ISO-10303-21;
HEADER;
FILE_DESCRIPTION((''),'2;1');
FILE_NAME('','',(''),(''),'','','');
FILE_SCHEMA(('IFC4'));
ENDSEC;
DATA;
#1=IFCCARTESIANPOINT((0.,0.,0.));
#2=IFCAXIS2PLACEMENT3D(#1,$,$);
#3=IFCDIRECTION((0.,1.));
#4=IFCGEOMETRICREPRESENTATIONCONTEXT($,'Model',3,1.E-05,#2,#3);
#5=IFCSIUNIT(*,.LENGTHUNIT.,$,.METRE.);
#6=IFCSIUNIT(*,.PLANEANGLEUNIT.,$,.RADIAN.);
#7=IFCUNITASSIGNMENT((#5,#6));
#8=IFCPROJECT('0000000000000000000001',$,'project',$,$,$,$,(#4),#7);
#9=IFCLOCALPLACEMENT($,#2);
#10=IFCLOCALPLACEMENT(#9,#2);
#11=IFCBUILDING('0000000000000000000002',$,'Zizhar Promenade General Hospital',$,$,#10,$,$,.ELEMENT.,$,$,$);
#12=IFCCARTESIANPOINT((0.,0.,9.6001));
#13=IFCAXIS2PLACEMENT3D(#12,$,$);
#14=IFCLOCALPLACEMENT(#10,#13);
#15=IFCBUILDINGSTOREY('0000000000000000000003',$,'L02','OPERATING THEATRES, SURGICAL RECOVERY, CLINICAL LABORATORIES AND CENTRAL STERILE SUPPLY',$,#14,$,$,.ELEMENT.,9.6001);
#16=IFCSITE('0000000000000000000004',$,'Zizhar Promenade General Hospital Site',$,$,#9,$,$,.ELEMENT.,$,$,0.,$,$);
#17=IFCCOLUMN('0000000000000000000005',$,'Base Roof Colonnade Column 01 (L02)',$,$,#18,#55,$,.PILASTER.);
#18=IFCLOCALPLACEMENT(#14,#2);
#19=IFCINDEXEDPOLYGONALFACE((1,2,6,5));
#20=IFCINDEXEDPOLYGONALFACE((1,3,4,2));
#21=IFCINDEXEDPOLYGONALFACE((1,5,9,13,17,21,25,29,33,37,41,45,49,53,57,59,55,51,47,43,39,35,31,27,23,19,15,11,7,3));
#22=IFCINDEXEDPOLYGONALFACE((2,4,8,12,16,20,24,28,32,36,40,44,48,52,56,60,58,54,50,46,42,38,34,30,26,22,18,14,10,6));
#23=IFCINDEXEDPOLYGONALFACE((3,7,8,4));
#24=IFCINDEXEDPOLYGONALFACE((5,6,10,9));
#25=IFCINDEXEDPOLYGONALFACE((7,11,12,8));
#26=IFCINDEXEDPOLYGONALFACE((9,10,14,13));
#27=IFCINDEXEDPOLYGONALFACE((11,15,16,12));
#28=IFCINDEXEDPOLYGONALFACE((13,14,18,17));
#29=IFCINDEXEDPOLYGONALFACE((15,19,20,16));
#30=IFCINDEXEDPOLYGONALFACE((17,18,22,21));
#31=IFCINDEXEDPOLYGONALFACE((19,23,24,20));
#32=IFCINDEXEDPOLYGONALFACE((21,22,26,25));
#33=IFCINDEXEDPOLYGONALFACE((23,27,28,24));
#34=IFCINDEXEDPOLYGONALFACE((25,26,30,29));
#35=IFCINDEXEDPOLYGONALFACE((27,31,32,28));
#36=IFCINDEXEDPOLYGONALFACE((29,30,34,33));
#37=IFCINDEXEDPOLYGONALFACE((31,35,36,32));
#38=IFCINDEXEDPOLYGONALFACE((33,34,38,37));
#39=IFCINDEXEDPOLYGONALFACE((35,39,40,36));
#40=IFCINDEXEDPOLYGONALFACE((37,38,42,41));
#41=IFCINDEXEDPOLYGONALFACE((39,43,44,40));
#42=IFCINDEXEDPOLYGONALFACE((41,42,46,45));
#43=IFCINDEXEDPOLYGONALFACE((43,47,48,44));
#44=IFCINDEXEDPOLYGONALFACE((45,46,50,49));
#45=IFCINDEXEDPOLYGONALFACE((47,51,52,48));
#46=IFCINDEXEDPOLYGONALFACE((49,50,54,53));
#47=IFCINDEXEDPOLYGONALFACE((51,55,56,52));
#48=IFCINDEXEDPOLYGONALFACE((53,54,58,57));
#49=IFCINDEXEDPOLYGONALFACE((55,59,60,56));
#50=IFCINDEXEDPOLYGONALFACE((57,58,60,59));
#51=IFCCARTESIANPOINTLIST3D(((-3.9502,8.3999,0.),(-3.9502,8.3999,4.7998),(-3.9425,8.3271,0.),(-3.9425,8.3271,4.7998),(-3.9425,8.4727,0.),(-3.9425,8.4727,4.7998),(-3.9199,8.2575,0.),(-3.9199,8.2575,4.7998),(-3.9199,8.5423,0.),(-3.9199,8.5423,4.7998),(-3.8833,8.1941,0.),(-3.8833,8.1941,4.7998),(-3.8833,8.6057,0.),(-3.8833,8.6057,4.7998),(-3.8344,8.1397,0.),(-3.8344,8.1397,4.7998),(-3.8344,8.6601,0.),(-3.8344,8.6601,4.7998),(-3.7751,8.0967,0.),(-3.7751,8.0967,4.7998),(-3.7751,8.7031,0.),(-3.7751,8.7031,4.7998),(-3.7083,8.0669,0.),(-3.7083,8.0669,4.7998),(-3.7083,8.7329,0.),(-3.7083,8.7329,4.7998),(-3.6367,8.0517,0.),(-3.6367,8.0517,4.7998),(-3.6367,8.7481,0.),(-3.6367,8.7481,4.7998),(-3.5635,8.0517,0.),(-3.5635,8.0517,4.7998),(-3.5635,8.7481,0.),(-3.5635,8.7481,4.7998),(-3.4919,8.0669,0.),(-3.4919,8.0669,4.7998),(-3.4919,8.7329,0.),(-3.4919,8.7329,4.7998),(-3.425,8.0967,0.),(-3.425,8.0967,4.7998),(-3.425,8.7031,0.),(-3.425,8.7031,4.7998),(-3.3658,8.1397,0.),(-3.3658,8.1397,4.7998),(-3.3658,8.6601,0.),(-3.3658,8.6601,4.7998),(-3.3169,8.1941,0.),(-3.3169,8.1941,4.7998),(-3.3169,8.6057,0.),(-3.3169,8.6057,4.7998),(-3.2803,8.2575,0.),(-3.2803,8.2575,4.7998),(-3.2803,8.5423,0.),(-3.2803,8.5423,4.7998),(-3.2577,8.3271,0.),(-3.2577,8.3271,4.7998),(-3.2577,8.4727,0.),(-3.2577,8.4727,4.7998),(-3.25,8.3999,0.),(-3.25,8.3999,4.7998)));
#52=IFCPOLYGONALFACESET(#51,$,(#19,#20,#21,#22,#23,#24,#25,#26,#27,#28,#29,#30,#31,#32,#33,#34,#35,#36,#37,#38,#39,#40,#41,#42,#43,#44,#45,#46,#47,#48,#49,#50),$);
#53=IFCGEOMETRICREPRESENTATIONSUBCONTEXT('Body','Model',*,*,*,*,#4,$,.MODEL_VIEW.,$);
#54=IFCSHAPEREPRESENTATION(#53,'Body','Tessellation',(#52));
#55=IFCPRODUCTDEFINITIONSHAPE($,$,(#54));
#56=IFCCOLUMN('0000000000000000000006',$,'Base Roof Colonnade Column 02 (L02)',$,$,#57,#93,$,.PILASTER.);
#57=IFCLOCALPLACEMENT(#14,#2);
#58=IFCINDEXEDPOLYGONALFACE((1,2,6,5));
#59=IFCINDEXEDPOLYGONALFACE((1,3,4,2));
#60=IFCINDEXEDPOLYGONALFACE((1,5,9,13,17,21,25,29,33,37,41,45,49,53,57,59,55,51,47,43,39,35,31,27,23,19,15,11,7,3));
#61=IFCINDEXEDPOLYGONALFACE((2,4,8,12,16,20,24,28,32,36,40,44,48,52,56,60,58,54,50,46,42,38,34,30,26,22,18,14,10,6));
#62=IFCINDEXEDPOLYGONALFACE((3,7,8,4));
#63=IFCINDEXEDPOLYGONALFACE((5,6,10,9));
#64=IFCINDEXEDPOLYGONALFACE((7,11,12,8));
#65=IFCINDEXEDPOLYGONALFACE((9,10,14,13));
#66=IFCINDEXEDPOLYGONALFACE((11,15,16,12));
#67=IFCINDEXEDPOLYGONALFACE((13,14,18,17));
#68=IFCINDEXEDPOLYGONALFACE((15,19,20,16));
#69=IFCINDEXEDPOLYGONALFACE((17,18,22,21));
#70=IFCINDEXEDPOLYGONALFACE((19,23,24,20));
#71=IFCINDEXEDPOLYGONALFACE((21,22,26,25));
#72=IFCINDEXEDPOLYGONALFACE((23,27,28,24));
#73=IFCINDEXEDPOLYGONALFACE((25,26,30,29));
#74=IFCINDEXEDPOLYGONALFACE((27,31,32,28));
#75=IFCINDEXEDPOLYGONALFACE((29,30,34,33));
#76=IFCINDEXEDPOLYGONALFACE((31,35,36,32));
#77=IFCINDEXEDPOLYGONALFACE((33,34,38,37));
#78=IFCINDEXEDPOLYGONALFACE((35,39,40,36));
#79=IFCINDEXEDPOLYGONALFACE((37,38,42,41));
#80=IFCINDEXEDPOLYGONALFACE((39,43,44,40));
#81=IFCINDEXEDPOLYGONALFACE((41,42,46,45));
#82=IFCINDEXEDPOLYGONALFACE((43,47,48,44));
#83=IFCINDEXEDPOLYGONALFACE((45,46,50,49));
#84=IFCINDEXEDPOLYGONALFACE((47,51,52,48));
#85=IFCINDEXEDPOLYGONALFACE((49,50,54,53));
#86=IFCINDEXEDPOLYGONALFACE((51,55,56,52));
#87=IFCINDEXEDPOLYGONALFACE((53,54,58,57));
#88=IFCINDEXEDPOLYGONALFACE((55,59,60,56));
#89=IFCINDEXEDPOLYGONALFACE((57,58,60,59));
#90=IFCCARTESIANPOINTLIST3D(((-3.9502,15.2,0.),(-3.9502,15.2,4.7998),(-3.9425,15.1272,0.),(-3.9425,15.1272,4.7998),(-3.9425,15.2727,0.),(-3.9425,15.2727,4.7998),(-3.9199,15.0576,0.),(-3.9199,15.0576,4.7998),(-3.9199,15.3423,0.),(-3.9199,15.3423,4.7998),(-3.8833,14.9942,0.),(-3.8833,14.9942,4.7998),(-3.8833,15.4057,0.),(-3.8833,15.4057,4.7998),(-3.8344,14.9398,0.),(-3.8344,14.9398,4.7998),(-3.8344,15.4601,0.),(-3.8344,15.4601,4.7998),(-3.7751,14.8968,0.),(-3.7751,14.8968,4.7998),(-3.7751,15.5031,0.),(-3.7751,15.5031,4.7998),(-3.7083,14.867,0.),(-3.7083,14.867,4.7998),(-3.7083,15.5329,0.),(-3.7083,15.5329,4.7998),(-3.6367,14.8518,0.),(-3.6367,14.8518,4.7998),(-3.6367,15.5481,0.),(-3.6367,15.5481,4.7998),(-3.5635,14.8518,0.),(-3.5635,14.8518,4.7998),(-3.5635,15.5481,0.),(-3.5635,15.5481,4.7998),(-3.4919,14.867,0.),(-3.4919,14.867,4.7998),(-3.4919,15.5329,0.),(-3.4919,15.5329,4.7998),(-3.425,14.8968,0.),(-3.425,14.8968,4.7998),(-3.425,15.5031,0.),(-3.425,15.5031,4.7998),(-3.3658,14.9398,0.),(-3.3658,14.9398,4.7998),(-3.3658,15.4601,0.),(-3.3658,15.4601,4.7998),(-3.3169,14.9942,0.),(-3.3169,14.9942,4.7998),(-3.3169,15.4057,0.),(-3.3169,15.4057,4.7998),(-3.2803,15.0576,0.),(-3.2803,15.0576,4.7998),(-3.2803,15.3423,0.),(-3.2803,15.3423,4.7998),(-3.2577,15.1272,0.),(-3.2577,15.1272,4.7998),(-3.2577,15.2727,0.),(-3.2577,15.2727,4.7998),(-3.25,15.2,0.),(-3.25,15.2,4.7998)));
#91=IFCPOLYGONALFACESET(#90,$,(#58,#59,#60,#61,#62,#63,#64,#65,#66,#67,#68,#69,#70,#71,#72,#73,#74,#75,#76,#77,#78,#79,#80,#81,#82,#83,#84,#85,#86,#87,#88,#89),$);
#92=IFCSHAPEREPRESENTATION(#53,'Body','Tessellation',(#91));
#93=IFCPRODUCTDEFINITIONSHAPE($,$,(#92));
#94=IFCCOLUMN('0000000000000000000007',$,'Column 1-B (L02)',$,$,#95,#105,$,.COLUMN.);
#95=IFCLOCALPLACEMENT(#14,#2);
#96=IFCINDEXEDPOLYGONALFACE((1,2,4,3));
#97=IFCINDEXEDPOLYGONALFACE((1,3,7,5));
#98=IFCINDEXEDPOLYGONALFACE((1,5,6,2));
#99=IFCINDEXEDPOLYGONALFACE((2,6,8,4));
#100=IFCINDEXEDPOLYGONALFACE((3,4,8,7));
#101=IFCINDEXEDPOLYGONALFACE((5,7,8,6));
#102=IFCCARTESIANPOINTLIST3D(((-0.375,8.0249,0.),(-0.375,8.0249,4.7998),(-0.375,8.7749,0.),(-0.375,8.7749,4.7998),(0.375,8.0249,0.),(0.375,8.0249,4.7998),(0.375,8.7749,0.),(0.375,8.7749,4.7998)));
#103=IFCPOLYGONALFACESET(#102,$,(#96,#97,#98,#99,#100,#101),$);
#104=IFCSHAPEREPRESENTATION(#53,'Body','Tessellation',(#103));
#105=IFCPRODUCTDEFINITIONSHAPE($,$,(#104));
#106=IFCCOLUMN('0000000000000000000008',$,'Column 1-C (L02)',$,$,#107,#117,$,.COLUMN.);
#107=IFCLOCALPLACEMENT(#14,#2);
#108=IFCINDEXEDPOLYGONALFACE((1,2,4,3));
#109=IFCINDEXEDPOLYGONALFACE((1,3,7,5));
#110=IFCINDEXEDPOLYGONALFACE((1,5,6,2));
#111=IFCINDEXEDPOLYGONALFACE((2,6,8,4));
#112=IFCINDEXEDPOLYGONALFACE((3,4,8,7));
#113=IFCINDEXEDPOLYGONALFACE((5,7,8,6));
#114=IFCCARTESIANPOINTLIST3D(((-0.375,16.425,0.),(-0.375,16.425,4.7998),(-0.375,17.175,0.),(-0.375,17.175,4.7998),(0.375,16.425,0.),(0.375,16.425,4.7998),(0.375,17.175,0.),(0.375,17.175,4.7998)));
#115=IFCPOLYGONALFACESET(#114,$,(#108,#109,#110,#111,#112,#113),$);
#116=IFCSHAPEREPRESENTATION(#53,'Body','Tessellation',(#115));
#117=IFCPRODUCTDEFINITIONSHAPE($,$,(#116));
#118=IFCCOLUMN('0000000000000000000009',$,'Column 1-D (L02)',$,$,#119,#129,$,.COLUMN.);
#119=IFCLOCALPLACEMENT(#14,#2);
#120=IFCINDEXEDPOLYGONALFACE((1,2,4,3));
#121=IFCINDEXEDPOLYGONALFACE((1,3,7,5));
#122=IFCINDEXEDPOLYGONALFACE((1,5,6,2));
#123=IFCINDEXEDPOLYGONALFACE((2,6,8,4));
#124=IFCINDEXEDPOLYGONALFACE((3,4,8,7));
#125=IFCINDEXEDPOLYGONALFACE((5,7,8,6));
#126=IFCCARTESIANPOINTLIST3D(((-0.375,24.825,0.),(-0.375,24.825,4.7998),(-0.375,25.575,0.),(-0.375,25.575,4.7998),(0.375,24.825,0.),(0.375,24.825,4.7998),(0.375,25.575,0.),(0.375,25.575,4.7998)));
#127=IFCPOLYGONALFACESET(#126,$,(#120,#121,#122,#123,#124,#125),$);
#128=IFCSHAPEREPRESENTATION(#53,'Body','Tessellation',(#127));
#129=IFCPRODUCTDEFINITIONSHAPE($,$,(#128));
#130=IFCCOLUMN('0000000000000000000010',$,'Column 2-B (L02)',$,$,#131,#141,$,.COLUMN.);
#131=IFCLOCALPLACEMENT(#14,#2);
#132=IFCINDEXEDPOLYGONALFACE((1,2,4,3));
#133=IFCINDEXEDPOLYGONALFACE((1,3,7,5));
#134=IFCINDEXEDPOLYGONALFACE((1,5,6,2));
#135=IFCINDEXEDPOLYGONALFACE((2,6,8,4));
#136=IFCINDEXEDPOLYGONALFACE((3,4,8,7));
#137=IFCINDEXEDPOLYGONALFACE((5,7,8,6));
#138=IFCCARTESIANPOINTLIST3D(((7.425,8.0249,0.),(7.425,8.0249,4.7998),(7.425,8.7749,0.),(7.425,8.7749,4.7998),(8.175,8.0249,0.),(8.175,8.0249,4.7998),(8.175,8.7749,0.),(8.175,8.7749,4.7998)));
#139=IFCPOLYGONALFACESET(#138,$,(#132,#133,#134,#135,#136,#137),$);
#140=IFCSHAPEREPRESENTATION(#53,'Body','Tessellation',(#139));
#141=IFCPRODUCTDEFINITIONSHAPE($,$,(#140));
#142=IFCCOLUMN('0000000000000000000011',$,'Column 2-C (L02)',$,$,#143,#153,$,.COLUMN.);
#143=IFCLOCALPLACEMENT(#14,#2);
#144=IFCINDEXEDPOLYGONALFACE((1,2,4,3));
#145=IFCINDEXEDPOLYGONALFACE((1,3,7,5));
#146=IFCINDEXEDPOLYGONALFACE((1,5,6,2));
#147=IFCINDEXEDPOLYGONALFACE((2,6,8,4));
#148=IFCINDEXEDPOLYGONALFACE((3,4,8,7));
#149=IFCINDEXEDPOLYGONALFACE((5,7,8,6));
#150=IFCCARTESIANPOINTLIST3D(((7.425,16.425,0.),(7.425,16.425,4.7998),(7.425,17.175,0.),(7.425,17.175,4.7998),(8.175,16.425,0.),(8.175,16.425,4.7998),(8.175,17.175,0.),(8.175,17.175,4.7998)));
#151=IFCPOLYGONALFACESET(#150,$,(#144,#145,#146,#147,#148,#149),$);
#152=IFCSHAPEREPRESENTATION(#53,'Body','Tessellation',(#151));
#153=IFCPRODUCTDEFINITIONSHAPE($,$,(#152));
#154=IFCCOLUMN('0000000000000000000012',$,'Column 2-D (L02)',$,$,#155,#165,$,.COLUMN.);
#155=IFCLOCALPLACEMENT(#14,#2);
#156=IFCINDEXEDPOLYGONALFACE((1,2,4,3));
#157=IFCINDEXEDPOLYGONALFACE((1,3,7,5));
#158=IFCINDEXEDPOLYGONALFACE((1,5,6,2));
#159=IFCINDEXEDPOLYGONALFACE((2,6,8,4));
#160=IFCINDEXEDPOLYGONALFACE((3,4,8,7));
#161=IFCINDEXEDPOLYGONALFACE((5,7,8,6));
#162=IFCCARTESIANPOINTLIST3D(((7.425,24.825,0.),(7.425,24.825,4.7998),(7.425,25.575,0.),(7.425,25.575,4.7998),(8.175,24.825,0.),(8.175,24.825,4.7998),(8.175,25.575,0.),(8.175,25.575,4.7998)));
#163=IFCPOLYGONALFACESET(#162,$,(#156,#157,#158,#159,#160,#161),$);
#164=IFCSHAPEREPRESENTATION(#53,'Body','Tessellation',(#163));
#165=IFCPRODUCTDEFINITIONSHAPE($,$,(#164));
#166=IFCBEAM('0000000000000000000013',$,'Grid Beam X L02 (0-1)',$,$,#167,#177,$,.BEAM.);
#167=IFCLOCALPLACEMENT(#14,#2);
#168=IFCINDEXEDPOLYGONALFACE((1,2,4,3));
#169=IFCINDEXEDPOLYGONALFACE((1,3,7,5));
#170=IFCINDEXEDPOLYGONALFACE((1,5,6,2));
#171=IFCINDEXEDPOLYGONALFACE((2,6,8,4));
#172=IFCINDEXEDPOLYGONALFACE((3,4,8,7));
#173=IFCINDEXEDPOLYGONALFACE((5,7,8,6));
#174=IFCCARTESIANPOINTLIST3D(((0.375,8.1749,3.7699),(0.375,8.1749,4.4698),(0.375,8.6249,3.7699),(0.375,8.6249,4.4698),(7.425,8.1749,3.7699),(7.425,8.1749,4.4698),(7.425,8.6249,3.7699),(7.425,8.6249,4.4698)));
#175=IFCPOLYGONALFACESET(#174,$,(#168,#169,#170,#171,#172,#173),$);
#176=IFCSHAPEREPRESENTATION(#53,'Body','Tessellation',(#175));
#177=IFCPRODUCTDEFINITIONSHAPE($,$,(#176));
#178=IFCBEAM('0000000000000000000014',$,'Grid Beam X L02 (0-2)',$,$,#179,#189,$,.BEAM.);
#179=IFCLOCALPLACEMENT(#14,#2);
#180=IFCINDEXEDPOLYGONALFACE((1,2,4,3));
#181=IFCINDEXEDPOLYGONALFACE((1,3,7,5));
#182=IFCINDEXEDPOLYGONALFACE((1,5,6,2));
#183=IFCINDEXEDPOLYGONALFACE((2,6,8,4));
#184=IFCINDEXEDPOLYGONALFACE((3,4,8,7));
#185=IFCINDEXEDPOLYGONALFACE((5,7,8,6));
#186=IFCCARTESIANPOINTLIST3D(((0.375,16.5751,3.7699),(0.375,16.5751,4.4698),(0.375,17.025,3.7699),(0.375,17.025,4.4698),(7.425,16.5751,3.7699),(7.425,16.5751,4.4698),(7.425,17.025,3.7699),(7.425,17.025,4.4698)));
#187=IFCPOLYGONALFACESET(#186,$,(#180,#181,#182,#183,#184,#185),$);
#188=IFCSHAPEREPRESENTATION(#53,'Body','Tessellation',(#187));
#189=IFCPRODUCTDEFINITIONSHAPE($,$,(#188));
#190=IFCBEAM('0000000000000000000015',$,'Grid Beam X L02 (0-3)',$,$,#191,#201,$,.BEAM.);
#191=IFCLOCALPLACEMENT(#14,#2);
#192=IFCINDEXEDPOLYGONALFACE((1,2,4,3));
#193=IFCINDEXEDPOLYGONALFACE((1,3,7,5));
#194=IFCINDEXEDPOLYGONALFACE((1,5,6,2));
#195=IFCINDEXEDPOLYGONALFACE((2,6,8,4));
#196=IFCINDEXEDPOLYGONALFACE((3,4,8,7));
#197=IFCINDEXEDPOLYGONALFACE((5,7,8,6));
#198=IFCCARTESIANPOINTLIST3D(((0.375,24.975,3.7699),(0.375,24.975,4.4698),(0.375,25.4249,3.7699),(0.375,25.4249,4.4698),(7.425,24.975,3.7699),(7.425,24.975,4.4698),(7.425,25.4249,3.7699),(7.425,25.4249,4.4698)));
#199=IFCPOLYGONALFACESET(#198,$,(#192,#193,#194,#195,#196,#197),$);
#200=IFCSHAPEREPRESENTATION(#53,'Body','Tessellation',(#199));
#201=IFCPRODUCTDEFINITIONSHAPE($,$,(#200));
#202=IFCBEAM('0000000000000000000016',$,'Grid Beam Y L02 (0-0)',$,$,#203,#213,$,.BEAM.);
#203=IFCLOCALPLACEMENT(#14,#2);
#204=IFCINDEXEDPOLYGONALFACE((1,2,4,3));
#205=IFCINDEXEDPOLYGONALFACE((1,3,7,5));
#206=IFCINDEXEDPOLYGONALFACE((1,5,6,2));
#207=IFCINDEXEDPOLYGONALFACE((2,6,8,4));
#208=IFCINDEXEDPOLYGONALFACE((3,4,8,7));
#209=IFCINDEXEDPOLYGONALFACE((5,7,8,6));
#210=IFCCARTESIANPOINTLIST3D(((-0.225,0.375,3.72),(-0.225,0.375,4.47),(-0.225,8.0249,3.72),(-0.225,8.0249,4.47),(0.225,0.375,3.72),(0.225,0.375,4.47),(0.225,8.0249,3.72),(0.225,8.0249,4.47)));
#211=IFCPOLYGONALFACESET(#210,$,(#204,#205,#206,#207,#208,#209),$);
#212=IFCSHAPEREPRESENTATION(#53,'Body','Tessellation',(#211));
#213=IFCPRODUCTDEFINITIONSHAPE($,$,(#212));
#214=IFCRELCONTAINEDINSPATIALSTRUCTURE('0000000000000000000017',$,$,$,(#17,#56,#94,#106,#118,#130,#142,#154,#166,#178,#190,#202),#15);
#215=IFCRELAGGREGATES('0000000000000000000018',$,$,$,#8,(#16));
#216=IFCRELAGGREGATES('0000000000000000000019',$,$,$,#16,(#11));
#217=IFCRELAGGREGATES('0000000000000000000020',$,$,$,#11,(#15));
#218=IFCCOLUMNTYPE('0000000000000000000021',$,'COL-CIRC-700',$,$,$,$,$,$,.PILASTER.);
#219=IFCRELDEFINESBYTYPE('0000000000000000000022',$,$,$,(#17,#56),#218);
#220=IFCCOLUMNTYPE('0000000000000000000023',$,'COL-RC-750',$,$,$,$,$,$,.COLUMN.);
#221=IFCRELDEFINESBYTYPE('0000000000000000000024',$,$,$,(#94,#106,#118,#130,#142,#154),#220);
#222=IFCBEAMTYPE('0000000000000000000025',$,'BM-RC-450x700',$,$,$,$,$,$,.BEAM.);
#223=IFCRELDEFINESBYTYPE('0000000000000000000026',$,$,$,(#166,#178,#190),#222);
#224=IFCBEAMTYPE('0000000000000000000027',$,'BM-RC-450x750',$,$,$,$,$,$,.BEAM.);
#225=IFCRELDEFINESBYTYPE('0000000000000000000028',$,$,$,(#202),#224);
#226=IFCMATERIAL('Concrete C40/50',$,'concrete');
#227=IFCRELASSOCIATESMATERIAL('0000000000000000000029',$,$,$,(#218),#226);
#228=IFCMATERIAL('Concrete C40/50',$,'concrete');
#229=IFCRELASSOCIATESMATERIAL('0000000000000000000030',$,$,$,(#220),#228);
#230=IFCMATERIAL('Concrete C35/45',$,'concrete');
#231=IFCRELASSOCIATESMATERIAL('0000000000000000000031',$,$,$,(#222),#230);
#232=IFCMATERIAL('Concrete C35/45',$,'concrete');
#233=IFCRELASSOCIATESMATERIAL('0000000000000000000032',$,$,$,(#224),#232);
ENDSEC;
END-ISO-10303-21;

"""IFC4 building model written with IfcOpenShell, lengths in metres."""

from ifc_helpers import new_model, si_unit, direction, frame, origin, origin_2d, place, context, subcontext, project, spatial, rectangle, circle, extrude, material, material_profile, profile_set, type_object, element, save


model = new_model("IFC4")

# Units and contexts
model_context = context("Model", 3, precision=1e-05, world=origin(), true_north=direction((0.0, 1.0)))
body_context = subcontext(model_context, "Body", "Model", "MODEL_VIEW")
ifc_project = project(units=[si_unit("LENGTHUNIT", "METRE"), si_unit("PLANEANGLEUNIT", "RADIAN")], contexts=[model_context])

# Site, building, storey
site_placement = place(None, origin())
site = spatial("IfcSite", under=ifc_project, at=site_placement, Name="Zizhar Promenade General Hospital Site", CompositionType="ELEMENT", RefElevation=0.0)
building_placement = place(site_placement, origin())
building = spatial("IfcBuilding", under=site, at=building_placement, Name="Zizhar Promenade General Hospital", CompositionType="ELEMENT")
storey_placement = place(building_placement, frame((0.0, 0.0, 9.6001)))
storey = spatial("IfcBuildingStorey", under=building, at=storey_placement, Name="L02", Description="OPERATING THEATRES, SURGICAL RECOVERY, CLINICAL LABORATORIES AND CENTRAL STERILE SUPPLY", CompositionType="ELEMENT", Elevation=9.6001)

# Columns
ifc_material_1 = material(Name="Concrete C40/50", Category="concrete")
ifc_material_profile_1 = material_profile(ifc_material_1, circle(Radius=0.3501, at=origin_2d()))
ifc_profile_set_1 = profile_set([ifc_material_profile_1], Name="Concrete C40/50")
column_type_1 = type_object("IfcColumnType", Name="COL-CIRC-700", PredefinedType="PILASTER", material=ifc_profile_set_1)
for number, where, z_axis, x_axis, name in (
    (1, (-3.6001, 8.3999, 0.0), (0.0, 0.0, 1.0), (1.0, 0.0, 0.0), "Base Roof Colonnade Column 01 (L02)"),
    (2, (-3.6001, 15.2, 0.0), (0.0, 0.0, 1.0), (1.0, 0.0, 0.0), "Base Roof Colonnade Column 02 (L02)"),
):
    element("IfcColumn", number, at=place(storey_placement, frame(where, z_axis=z_axis, x_axis=x_axis)), inside=storey, type_object=column_type_1, Name=name, PredefinedType="PILASTER", context=body_context, shape_type="SweptSolid", body=[
        extrude(circle(Radius=0.3501, at=origin_2d()), origin(), (0.0, 0.0, 1.0), 4.7998),
    ])
ifc_material_2 = material(Name="Concrete C40/50", Category="concrete")
ifc_material_profile_2 = material_profile(ifc_material_2, rectangle(XDim=0.75, YDim=0.75, at=origin_2d()))
ifc_profile_set_2 = profile_set([ifc_material_profile_2], Name="Concrete C40/50")
column_type_2 = type_object("IfcColumnType", Name="COL-RC-750", PredefinedType="COLUMN", material=ifc_profile_set_2)
for number, where, z_axis, x_axis, name in (
    (3, (0.0, 8.3999, 0.0), (0.0, 0.0, 1.0), (1.0, 0.0, 0.0), "Column 1-B (L02)"),
    (4, (0.0, 16.8, 0.0), (0.0, 0.0, 1.0), (1.0, 0.0, 0.0), "Column 1-C (L02)"),
    (5, (0.0, 25.2, 0.0), (0.0, 0.0, 1.0), (1.0, 0.0, 0.0), "Column 1-D (L02)"),
    (6, (7.8, 8.3999, 0.0), (0.0, 0.0, 1.0), (1.0, 0.0, 0.0), "Column 2-B (L02)"),
    (7, (7.8, 16.8, 0.0), (0.0, 0.0, 1.0), (1.0, 0.0, 0.0), "Column 2-C (L02)"),
    (8, (7.8, 25.2, 0.0), (0.0, 0.0, 1.0), (1.0, 0.0, 0.0), "Column 2-D (L02)"),
):
    element("IfcColumn", number, at=place(storey_placement, frame(where, z_axis=z_axis, x_axis=x_axis)), inside=storey, type_object=column_type_2, Name=name, PredefinedType="COLUMN", context=body_context, shape_type="SweptSolid", body=[
        extrude(rectangle(XDim=0.75, YDim=0.75, at=origin_2d()), origin(), (0.0, 0.0, 1.0), 4.7998),
    ])

# Beams
ifc_material_3 = material(Name="Concrete C35/45", Category="concrete")
ifc_material_profile_3 = material_profile(ifc_material_3, rectangle(XDim=0.45, YDim=0.7, at=origin_2d()))
ifc_profile_set_3 = profile_set([ifc_material_profile_3], Name="Concrete C35/45")
beam_type_1 = type_object("IfcBeamType", Name="BM-RC-450x700", PredefinedType="BEAM", material=ifc_profile_set_3)
for number, where, z_axis, x_axis, name in (
    (9, (0.375, 8.3999, 4.1199), (1.0, 0.0, 0.0), (0.0, 1.0, 0.0), "Grid Beam X L02 (0-1)"),
    (10, (0.375, 16.8, 4.1199), (1.0, 0.0, 0.0), (0.0, 1.0, 0.0), "Grid Beam X L02 (0-2)"),
    (11, (0.375, 25.2, 4.1199), (1.0, 0.0, 0.0), (0.0, 1.0, 0.0), "Grid Beam X L02 (0-3)"),
):
    element("IfcBeam", number, at=place(storey_placement, frame(where, z_axis=z_axis, x_axis=x_axis)), inside=storey, type_object=beam_type_1, Name=name, PredefinedType="BEAM", context=body_context, shape_type="SweptSolid", body=[
        extrude(rectangle(XDim=0.45, YDim=0.7, at=origin_2d()), origin(), (0.0, 0.0, 1.0), 7.05),
    ])
ifc_material_4 = material(Name="Concrete C35/45", Category="concrete")
ifc_material_profile_4 = material_profile(ifc_material_4, rectangle(XDim=0.45, YDim=0.75, at=origin_2d()))
ifc_profile_set_4 = profile_set([ifc_material_profile_4], Name="Concrete C35/45")
beam_type_2 = type_object("IfcBeamType", Name="BM-RC-450x750", PredefinedType="BEAM", material=ifc_profile_set_4)
beam_1_placement = place(storey_placement, frame((0.0, 0.375, 4.095), z_axis=(0.0, 1.0, 0.0), x_axis=(-1.0, 0.0, 0.0)))
element("IfcBeam", 12, at=beam_1_placement, inside=storey, type_object=beam_type_2, Name="Grid Beam Y L02 (0-0)", PredefinedType="BEAM", context=body_context, shape_type="SweptSolid", body=[
    extrude(rectangle(XDim=0.45, YDim=0.75, at=origin_2d()), origin(), (0.0, 0.0, 1.0), 7.6499),
])

save(model, "model.ifc")
